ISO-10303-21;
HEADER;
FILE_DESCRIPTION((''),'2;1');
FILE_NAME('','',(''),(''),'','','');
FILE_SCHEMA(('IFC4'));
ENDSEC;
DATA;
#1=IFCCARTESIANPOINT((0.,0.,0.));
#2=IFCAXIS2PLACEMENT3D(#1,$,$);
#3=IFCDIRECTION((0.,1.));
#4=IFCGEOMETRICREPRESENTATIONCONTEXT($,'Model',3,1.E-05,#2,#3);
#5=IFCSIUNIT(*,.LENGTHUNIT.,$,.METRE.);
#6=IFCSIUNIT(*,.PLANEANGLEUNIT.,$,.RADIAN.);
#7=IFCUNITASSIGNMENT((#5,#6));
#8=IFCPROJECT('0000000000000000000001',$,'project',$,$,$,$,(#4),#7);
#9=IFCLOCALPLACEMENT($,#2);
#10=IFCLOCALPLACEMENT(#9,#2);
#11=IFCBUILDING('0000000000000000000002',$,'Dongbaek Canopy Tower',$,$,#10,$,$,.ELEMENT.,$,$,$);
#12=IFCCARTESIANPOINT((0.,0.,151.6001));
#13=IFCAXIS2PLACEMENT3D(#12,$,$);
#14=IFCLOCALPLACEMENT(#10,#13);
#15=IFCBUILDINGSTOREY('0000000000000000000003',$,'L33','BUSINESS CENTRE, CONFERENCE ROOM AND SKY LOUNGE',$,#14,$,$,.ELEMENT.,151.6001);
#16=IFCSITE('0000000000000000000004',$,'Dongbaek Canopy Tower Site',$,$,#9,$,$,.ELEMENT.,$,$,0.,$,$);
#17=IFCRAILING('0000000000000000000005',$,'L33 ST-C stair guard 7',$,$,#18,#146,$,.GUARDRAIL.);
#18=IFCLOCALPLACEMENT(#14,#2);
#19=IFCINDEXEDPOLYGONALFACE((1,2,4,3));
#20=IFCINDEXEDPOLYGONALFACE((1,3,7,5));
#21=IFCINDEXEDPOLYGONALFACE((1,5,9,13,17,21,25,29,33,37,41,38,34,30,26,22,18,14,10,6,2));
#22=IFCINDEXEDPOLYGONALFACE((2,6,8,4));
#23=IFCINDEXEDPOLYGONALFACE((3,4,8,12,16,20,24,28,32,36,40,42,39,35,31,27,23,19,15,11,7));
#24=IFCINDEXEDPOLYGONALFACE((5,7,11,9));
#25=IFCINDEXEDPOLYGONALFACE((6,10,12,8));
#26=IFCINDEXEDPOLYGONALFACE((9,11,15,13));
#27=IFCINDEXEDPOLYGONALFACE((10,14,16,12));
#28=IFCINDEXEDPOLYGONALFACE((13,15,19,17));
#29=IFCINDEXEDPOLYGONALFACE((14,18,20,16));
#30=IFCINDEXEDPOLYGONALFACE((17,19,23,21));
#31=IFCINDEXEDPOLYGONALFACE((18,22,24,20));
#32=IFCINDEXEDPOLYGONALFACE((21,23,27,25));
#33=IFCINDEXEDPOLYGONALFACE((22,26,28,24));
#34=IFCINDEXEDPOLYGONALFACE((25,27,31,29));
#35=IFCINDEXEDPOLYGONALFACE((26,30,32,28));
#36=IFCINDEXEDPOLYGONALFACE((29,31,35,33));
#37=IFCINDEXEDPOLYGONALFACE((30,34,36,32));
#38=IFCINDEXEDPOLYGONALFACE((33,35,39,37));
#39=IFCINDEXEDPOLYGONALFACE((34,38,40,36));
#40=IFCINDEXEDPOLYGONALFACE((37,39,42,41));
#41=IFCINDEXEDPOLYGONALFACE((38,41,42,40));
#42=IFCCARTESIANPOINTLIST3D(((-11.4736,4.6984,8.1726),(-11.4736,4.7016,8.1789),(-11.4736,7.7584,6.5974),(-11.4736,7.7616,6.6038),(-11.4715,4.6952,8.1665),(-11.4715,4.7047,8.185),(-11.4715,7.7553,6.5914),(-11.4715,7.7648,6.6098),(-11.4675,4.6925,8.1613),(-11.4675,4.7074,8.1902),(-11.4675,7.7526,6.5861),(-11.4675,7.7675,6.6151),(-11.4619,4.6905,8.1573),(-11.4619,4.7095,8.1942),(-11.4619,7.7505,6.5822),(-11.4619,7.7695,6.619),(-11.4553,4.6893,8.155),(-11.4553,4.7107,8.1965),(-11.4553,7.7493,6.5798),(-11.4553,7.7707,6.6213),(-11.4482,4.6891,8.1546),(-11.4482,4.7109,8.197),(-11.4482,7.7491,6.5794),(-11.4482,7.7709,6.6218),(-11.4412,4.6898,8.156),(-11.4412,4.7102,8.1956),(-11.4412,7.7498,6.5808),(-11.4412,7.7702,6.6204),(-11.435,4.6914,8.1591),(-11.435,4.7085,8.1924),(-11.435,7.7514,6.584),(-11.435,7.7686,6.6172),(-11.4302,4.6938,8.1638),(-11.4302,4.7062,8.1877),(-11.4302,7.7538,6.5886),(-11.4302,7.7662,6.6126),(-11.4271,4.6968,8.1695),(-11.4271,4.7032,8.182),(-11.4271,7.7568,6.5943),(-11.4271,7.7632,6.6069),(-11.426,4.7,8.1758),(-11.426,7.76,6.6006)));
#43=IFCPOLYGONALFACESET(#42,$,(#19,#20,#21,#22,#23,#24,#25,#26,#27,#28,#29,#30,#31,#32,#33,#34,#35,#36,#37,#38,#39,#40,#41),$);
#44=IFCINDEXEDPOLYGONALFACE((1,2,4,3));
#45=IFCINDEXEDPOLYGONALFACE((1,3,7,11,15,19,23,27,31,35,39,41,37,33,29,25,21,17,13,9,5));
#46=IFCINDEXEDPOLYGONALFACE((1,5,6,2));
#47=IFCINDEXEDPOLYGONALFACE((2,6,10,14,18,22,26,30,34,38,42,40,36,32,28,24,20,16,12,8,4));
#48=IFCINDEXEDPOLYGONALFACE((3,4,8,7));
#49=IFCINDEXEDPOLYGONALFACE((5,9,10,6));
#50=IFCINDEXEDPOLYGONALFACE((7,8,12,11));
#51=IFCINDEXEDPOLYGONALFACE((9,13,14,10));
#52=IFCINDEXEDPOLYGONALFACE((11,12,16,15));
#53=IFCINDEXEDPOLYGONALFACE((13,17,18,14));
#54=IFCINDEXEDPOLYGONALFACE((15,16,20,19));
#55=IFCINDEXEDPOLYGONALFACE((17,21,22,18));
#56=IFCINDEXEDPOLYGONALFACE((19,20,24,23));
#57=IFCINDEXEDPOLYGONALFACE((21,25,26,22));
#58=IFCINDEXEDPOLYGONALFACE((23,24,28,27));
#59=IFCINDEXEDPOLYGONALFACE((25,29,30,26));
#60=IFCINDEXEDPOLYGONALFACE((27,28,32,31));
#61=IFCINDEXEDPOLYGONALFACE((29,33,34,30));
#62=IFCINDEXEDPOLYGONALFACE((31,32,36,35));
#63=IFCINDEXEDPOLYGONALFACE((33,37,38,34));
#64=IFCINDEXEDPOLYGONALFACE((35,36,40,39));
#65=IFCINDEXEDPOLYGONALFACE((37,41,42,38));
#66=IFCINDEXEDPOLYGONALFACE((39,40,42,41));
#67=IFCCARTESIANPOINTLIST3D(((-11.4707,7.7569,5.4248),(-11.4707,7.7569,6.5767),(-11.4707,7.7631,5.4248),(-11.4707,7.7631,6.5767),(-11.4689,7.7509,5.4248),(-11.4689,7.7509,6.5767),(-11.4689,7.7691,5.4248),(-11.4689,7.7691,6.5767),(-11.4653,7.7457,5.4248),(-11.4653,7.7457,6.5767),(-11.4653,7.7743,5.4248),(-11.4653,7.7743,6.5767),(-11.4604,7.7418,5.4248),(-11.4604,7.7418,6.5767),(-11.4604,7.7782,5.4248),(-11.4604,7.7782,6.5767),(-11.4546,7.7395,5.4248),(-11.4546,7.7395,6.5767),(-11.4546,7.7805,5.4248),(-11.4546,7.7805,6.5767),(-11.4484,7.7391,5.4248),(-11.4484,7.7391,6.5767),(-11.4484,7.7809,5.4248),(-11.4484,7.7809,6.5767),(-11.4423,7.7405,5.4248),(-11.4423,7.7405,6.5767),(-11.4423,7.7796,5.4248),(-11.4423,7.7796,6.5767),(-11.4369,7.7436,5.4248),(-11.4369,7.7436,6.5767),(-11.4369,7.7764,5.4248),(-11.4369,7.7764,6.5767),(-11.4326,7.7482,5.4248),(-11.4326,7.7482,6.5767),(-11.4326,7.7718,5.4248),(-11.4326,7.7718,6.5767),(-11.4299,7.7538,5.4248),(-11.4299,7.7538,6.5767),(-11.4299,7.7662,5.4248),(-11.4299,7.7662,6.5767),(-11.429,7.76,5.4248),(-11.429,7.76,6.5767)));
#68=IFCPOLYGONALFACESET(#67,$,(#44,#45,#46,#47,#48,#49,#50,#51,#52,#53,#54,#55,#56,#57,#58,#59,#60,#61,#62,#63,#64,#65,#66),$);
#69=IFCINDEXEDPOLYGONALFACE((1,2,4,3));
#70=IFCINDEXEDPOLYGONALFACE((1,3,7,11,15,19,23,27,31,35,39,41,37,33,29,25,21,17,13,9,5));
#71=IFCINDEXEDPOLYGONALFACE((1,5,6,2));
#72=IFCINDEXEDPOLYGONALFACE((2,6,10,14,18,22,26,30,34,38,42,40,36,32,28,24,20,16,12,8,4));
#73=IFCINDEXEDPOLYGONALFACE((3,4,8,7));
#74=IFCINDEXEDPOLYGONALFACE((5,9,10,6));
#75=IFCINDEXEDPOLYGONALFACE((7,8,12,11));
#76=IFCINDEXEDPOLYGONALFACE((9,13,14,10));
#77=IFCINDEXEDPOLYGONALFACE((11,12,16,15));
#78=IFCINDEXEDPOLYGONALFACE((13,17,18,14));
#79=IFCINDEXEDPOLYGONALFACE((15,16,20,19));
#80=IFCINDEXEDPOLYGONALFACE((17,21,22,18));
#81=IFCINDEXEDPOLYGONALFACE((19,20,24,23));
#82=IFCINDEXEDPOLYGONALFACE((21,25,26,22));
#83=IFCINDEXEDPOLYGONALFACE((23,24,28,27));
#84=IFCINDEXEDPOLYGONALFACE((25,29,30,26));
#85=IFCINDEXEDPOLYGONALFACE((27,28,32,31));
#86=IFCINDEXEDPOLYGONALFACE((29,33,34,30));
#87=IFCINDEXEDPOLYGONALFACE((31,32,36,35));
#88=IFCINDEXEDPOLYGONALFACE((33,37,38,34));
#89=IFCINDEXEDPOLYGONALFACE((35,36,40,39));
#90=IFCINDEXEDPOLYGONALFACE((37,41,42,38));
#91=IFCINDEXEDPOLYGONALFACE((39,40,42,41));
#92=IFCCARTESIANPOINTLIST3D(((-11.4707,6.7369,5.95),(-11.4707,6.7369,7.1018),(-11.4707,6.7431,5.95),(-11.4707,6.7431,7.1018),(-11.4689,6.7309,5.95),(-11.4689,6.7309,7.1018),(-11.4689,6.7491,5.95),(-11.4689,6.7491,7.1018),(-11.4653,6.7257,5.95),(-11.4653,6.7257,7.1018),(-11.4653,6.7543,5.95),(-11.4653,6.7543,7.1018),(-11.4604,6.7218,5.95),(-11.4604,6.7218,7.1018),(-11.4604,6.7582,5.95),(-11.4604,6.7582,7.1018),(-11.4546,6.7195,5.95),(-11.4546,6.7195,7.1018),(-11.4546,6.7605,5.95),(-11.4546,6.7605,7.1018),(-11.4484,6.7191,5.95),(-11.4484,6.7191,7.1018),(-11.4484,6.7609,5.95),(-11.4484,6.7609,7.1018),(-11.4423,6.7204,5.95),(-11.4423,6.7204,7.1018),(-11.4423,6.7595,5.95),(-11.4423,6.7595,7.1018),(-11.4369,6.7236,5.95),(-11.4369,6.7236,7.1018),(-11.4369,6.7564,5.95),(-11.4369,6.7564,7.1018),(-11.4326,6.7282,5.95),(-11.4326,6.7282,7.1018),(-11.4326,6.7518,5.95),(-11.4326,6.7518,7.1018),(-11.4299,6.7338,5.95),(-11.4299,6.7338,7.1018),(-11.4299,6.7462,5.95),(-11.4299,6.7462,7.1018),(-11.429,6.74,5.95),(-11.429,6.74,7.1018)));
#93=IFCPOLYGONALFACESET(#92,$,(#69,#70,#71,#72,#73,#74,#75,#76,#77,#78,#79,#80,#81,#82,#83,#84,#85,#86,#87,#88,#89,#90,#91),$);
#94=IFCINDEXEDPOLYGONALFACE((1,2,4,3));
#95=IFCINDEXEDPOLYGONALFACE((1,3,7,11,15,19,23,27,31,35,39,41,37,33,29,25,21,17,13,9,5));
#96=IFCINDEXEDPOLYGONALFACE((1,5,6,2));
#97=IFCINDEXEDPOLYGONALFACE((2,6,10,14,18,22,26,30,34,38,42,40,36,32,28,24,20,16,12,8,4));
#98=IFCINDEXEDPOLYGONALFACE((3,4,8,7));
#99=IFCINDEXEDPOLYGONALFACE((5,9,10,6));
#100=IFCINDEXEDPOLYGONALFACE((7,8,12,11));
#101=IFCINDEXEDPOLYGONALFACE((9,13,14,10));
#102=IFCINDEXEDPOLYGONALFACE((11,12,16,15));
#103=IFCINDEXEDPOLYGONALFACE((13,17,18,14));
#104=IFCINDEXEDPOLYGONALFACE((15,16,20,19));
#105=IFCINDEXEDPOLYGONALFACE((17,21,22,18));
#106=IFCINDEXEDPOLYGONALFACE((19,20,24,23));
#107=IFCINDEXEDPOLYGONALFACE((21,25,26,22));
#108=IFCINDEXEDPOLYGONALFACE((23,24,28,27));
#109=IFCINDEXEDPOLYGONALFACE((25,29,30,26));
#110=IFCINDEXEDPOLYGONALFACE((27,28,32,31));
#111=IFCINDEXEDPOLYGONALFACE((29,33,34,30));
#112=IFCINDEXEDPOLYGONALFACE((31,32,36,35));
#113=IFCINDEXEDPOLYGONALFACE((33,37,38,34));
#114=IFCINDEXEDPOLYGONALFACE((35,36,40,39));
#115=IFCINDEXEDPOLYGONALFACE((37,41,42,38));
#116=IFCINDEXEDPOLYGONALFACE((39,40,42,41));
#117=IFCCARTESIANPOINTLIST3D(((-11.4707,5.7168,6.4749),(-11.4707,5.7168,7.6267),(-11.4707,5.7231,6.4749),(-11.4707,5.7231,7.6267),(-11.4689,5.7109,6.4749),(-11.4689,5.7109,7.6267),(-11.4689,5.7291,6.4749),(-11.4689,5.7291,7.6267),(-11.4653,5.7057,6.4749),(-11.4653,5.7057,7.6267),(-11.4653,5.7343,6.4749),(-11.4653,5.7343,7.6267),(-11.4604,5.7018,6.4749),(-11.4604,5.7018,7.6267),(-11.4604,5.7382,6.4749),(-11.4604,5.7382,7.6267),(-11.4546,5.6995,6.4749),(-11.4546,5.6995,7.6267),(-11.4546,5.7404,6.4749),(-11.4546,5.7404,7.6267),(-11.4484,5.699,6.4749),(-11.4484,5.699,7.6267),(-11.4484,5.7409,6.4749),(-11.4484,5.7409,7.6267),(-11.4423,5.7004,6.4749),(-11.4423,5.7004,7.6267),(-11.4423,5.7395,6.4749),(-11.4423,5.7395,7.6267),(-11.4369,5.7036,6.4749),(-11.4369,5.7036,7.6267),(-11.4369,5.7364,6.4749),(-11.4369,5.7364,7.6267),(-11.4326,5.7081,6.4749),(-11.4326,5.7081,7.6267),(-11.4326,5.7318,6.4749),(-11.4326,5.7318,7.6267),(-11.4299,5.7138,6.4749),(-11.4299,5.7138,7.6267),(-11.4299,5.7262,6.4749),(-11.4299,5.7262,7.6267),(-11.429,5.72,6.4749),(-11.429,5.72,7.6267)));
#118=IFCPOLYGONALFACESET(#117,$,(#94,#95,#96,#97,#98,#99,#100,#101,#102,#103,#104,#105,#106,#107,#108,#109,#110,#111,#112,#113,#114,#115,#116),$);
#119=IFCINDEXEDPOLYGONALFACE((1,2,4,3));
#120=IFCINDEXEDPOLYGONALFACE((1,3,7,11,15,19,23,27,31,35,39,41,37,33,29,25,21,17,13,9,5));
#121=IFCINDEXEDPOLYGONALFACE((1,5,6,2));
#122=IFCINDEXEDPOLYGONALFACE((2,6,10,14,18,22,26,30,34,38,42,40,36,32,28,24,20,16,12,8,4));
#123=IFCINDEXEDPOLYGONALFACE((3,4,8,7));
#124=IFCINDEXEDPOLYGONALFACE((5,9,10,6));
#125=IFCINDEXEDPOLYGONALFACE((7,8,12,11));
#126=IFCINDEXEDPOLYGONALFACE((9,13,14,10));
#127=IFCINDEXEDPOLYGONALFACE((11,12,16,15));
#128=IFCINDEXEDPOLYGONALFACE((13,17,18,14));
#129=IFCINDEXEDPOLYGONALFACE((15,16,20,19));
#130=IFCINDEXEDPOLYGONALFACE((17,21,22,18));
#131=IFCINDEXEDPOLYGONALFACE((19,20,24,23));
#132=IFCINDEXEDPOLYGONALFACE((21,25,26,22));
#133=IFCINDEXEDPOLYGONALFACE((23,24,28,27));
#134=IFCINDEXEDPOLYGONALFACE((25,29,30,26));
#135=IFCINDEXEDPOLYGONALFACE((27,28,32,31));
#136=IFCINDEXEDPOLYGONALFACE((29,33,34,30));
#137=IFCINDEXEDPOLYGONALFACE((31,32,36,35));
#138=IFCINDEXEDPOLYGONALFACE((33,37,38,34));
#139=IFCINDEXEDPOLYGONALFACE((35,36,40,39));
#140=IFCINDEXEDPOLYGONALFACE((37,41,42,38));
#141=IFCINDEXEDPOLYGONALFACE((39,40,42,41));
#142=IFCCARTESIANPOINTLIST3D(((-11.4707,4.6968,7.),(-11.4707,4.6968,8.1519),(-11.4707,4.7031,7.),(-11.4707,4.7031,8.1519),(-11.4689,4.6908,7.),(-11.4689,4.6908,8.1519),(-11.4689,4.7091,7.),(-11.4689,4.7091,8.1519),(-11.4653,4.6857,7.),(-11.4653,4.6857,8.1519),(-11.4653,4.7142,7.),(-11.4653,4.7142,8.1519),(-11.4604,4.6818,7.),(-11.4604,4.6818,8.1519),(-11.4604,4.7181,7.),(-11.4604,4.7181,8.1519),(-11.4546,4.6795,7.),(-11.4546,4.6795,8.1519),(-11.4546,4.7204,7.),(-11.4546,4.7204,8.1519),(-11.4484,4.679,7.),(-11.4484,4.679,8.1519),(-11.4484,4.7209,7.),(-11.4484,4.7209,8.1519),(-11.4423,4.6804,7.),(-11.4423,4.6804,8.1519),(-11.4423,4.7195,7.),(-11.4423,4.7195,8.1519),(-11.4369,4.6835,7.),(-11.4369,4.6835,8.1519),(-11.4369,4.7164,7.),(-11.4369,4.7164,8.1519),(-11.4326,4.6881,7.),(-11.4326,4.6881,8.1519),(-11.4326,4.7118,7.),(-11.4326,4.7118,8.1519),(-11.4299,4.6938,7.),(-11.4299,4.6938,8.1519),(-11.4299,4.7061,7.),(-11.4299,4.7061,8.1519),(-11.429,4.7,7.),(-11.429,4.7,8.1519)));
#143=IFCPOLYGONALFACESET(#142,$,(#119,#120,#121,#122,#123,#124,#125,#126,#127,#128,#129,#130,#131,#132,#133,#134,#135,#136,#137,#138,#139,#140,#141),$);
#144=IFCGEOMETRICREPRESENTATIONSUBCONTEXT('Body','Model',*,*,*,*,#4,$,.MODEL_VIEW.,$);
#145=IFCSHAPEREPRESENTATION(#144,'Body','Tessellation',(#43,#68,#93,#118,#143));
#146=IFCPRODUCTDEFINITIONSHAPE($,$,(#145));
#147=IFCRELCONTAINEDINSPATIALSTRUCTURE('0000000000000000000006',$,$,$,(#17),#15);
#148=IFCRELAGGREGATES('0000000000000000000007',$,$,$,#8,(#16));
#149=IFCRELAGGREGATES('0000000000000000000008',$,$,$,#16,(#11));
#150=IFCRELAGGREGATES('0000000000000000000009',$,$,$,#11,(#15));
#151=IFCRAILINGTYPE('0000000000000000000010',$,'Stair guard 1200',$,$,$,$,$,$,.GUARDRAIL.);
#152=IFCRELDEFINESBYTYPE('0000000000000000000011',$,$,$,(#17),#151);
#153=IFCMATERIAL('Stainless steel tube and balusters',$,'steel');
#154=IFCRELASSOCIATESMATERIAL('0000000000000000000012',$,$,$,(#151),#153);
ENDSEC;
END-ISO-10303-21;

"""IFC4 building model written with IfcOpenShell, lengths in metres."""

from ifc_helpers import new_model, si_unit, direction, frame, origin, origin_2d, place, context, subcontext, project, spatial, circle, extrude, material, type_object, element, save


model = new_model("IFC4")

# Units and contexts
model_context = context("Model", 3, precision=1e-05, world=origin(), true_north=direction((0.0, 1.0)))
body_context = subcontext(model_context, "Body", "Model", "MODEL_VIEW")
ifc_project = project(units=[si_unit("LENGTHUNIT", "METRE"), si_unit("PLANEANGLEUNIT", "RADIAN")], contexts=[model_context])

# Site, building, storey
site_placement = place(None, origin())
site = spatial("IfcSite", under=ifc_project, at=site_placement, Name="Dongbaek Canopy Tower Site", CompositionType="ELEMENT", RefElevation=0.0)
building_placement = place(site_placement, origin())
building = spatial("IfcBuilding", under=site, at=building_placement, Name="Dongbaek Canopy Tower", CompositionType="ELEMENT")
storey_placement = place(building_placement, frame((0.0, 0.0, 151.6001)))
storey = spatial("IfcBuildingStorey", under=building, at=storey_placement, Name="L33", Description="BUSINESS CENTRE, CONFERENCE ROOM AND SKY LOUNGE", CompositionType="ELEMENT", Elevation=151.6001)

# Railing
ifc_material_1 = material(Name="Stainless steel tube and balusters", Category="steel")
railing_type_1 = type_object("IfcRailingType", Name="Stair guard 1200", PredefinedType="GUARDRAIL", material=ifc_material_1)
railing_1_placement = place(storey_placement, frame((-11.45, 7.76, 5.4248)))
element("IfcRailing", 1, at=railing_1_placement, inside=storey, type_object=railing_type_1, Name="L33 ST-C stair guard 7", PredefinedType="GUARDRAIL", context=body_context, shape_type="SweptSolid", body=[
    extrude(circle(Radius=0.0239, at=origin_2d()), frame((0.0, 0.0, 1.1758), z_axis=(0.0, -0.889116, 0.457681), x_axis=(1.0, 0.0, 0.0)), (0.0, 0.0, 1.0), 3.4417),
    extrude(circle(Radius=0.021, at=origin_2d()), origin(), (0.0, 0.0, 1.0), 1.1519),
    extrude(circle(Radius=0.021, at=origin_2d()), frame((0.0, -1.02, 0.5251)), (0.0, 0.0, 1.0), 1.1519),
    extrude(circle(Radius=0.021, at=origin_2d()), frame((0.0, -2.04, 1.05)), (0.0, 0.0, 1.0), 1.1519),
    extrude(circle(Radius=0.021, at=origin_2d()), frame((0.0, -3.0601, 1.5752)), (0.0, 0.0, 1.0), 1.1519),
])

save(model, "model.ifc")
